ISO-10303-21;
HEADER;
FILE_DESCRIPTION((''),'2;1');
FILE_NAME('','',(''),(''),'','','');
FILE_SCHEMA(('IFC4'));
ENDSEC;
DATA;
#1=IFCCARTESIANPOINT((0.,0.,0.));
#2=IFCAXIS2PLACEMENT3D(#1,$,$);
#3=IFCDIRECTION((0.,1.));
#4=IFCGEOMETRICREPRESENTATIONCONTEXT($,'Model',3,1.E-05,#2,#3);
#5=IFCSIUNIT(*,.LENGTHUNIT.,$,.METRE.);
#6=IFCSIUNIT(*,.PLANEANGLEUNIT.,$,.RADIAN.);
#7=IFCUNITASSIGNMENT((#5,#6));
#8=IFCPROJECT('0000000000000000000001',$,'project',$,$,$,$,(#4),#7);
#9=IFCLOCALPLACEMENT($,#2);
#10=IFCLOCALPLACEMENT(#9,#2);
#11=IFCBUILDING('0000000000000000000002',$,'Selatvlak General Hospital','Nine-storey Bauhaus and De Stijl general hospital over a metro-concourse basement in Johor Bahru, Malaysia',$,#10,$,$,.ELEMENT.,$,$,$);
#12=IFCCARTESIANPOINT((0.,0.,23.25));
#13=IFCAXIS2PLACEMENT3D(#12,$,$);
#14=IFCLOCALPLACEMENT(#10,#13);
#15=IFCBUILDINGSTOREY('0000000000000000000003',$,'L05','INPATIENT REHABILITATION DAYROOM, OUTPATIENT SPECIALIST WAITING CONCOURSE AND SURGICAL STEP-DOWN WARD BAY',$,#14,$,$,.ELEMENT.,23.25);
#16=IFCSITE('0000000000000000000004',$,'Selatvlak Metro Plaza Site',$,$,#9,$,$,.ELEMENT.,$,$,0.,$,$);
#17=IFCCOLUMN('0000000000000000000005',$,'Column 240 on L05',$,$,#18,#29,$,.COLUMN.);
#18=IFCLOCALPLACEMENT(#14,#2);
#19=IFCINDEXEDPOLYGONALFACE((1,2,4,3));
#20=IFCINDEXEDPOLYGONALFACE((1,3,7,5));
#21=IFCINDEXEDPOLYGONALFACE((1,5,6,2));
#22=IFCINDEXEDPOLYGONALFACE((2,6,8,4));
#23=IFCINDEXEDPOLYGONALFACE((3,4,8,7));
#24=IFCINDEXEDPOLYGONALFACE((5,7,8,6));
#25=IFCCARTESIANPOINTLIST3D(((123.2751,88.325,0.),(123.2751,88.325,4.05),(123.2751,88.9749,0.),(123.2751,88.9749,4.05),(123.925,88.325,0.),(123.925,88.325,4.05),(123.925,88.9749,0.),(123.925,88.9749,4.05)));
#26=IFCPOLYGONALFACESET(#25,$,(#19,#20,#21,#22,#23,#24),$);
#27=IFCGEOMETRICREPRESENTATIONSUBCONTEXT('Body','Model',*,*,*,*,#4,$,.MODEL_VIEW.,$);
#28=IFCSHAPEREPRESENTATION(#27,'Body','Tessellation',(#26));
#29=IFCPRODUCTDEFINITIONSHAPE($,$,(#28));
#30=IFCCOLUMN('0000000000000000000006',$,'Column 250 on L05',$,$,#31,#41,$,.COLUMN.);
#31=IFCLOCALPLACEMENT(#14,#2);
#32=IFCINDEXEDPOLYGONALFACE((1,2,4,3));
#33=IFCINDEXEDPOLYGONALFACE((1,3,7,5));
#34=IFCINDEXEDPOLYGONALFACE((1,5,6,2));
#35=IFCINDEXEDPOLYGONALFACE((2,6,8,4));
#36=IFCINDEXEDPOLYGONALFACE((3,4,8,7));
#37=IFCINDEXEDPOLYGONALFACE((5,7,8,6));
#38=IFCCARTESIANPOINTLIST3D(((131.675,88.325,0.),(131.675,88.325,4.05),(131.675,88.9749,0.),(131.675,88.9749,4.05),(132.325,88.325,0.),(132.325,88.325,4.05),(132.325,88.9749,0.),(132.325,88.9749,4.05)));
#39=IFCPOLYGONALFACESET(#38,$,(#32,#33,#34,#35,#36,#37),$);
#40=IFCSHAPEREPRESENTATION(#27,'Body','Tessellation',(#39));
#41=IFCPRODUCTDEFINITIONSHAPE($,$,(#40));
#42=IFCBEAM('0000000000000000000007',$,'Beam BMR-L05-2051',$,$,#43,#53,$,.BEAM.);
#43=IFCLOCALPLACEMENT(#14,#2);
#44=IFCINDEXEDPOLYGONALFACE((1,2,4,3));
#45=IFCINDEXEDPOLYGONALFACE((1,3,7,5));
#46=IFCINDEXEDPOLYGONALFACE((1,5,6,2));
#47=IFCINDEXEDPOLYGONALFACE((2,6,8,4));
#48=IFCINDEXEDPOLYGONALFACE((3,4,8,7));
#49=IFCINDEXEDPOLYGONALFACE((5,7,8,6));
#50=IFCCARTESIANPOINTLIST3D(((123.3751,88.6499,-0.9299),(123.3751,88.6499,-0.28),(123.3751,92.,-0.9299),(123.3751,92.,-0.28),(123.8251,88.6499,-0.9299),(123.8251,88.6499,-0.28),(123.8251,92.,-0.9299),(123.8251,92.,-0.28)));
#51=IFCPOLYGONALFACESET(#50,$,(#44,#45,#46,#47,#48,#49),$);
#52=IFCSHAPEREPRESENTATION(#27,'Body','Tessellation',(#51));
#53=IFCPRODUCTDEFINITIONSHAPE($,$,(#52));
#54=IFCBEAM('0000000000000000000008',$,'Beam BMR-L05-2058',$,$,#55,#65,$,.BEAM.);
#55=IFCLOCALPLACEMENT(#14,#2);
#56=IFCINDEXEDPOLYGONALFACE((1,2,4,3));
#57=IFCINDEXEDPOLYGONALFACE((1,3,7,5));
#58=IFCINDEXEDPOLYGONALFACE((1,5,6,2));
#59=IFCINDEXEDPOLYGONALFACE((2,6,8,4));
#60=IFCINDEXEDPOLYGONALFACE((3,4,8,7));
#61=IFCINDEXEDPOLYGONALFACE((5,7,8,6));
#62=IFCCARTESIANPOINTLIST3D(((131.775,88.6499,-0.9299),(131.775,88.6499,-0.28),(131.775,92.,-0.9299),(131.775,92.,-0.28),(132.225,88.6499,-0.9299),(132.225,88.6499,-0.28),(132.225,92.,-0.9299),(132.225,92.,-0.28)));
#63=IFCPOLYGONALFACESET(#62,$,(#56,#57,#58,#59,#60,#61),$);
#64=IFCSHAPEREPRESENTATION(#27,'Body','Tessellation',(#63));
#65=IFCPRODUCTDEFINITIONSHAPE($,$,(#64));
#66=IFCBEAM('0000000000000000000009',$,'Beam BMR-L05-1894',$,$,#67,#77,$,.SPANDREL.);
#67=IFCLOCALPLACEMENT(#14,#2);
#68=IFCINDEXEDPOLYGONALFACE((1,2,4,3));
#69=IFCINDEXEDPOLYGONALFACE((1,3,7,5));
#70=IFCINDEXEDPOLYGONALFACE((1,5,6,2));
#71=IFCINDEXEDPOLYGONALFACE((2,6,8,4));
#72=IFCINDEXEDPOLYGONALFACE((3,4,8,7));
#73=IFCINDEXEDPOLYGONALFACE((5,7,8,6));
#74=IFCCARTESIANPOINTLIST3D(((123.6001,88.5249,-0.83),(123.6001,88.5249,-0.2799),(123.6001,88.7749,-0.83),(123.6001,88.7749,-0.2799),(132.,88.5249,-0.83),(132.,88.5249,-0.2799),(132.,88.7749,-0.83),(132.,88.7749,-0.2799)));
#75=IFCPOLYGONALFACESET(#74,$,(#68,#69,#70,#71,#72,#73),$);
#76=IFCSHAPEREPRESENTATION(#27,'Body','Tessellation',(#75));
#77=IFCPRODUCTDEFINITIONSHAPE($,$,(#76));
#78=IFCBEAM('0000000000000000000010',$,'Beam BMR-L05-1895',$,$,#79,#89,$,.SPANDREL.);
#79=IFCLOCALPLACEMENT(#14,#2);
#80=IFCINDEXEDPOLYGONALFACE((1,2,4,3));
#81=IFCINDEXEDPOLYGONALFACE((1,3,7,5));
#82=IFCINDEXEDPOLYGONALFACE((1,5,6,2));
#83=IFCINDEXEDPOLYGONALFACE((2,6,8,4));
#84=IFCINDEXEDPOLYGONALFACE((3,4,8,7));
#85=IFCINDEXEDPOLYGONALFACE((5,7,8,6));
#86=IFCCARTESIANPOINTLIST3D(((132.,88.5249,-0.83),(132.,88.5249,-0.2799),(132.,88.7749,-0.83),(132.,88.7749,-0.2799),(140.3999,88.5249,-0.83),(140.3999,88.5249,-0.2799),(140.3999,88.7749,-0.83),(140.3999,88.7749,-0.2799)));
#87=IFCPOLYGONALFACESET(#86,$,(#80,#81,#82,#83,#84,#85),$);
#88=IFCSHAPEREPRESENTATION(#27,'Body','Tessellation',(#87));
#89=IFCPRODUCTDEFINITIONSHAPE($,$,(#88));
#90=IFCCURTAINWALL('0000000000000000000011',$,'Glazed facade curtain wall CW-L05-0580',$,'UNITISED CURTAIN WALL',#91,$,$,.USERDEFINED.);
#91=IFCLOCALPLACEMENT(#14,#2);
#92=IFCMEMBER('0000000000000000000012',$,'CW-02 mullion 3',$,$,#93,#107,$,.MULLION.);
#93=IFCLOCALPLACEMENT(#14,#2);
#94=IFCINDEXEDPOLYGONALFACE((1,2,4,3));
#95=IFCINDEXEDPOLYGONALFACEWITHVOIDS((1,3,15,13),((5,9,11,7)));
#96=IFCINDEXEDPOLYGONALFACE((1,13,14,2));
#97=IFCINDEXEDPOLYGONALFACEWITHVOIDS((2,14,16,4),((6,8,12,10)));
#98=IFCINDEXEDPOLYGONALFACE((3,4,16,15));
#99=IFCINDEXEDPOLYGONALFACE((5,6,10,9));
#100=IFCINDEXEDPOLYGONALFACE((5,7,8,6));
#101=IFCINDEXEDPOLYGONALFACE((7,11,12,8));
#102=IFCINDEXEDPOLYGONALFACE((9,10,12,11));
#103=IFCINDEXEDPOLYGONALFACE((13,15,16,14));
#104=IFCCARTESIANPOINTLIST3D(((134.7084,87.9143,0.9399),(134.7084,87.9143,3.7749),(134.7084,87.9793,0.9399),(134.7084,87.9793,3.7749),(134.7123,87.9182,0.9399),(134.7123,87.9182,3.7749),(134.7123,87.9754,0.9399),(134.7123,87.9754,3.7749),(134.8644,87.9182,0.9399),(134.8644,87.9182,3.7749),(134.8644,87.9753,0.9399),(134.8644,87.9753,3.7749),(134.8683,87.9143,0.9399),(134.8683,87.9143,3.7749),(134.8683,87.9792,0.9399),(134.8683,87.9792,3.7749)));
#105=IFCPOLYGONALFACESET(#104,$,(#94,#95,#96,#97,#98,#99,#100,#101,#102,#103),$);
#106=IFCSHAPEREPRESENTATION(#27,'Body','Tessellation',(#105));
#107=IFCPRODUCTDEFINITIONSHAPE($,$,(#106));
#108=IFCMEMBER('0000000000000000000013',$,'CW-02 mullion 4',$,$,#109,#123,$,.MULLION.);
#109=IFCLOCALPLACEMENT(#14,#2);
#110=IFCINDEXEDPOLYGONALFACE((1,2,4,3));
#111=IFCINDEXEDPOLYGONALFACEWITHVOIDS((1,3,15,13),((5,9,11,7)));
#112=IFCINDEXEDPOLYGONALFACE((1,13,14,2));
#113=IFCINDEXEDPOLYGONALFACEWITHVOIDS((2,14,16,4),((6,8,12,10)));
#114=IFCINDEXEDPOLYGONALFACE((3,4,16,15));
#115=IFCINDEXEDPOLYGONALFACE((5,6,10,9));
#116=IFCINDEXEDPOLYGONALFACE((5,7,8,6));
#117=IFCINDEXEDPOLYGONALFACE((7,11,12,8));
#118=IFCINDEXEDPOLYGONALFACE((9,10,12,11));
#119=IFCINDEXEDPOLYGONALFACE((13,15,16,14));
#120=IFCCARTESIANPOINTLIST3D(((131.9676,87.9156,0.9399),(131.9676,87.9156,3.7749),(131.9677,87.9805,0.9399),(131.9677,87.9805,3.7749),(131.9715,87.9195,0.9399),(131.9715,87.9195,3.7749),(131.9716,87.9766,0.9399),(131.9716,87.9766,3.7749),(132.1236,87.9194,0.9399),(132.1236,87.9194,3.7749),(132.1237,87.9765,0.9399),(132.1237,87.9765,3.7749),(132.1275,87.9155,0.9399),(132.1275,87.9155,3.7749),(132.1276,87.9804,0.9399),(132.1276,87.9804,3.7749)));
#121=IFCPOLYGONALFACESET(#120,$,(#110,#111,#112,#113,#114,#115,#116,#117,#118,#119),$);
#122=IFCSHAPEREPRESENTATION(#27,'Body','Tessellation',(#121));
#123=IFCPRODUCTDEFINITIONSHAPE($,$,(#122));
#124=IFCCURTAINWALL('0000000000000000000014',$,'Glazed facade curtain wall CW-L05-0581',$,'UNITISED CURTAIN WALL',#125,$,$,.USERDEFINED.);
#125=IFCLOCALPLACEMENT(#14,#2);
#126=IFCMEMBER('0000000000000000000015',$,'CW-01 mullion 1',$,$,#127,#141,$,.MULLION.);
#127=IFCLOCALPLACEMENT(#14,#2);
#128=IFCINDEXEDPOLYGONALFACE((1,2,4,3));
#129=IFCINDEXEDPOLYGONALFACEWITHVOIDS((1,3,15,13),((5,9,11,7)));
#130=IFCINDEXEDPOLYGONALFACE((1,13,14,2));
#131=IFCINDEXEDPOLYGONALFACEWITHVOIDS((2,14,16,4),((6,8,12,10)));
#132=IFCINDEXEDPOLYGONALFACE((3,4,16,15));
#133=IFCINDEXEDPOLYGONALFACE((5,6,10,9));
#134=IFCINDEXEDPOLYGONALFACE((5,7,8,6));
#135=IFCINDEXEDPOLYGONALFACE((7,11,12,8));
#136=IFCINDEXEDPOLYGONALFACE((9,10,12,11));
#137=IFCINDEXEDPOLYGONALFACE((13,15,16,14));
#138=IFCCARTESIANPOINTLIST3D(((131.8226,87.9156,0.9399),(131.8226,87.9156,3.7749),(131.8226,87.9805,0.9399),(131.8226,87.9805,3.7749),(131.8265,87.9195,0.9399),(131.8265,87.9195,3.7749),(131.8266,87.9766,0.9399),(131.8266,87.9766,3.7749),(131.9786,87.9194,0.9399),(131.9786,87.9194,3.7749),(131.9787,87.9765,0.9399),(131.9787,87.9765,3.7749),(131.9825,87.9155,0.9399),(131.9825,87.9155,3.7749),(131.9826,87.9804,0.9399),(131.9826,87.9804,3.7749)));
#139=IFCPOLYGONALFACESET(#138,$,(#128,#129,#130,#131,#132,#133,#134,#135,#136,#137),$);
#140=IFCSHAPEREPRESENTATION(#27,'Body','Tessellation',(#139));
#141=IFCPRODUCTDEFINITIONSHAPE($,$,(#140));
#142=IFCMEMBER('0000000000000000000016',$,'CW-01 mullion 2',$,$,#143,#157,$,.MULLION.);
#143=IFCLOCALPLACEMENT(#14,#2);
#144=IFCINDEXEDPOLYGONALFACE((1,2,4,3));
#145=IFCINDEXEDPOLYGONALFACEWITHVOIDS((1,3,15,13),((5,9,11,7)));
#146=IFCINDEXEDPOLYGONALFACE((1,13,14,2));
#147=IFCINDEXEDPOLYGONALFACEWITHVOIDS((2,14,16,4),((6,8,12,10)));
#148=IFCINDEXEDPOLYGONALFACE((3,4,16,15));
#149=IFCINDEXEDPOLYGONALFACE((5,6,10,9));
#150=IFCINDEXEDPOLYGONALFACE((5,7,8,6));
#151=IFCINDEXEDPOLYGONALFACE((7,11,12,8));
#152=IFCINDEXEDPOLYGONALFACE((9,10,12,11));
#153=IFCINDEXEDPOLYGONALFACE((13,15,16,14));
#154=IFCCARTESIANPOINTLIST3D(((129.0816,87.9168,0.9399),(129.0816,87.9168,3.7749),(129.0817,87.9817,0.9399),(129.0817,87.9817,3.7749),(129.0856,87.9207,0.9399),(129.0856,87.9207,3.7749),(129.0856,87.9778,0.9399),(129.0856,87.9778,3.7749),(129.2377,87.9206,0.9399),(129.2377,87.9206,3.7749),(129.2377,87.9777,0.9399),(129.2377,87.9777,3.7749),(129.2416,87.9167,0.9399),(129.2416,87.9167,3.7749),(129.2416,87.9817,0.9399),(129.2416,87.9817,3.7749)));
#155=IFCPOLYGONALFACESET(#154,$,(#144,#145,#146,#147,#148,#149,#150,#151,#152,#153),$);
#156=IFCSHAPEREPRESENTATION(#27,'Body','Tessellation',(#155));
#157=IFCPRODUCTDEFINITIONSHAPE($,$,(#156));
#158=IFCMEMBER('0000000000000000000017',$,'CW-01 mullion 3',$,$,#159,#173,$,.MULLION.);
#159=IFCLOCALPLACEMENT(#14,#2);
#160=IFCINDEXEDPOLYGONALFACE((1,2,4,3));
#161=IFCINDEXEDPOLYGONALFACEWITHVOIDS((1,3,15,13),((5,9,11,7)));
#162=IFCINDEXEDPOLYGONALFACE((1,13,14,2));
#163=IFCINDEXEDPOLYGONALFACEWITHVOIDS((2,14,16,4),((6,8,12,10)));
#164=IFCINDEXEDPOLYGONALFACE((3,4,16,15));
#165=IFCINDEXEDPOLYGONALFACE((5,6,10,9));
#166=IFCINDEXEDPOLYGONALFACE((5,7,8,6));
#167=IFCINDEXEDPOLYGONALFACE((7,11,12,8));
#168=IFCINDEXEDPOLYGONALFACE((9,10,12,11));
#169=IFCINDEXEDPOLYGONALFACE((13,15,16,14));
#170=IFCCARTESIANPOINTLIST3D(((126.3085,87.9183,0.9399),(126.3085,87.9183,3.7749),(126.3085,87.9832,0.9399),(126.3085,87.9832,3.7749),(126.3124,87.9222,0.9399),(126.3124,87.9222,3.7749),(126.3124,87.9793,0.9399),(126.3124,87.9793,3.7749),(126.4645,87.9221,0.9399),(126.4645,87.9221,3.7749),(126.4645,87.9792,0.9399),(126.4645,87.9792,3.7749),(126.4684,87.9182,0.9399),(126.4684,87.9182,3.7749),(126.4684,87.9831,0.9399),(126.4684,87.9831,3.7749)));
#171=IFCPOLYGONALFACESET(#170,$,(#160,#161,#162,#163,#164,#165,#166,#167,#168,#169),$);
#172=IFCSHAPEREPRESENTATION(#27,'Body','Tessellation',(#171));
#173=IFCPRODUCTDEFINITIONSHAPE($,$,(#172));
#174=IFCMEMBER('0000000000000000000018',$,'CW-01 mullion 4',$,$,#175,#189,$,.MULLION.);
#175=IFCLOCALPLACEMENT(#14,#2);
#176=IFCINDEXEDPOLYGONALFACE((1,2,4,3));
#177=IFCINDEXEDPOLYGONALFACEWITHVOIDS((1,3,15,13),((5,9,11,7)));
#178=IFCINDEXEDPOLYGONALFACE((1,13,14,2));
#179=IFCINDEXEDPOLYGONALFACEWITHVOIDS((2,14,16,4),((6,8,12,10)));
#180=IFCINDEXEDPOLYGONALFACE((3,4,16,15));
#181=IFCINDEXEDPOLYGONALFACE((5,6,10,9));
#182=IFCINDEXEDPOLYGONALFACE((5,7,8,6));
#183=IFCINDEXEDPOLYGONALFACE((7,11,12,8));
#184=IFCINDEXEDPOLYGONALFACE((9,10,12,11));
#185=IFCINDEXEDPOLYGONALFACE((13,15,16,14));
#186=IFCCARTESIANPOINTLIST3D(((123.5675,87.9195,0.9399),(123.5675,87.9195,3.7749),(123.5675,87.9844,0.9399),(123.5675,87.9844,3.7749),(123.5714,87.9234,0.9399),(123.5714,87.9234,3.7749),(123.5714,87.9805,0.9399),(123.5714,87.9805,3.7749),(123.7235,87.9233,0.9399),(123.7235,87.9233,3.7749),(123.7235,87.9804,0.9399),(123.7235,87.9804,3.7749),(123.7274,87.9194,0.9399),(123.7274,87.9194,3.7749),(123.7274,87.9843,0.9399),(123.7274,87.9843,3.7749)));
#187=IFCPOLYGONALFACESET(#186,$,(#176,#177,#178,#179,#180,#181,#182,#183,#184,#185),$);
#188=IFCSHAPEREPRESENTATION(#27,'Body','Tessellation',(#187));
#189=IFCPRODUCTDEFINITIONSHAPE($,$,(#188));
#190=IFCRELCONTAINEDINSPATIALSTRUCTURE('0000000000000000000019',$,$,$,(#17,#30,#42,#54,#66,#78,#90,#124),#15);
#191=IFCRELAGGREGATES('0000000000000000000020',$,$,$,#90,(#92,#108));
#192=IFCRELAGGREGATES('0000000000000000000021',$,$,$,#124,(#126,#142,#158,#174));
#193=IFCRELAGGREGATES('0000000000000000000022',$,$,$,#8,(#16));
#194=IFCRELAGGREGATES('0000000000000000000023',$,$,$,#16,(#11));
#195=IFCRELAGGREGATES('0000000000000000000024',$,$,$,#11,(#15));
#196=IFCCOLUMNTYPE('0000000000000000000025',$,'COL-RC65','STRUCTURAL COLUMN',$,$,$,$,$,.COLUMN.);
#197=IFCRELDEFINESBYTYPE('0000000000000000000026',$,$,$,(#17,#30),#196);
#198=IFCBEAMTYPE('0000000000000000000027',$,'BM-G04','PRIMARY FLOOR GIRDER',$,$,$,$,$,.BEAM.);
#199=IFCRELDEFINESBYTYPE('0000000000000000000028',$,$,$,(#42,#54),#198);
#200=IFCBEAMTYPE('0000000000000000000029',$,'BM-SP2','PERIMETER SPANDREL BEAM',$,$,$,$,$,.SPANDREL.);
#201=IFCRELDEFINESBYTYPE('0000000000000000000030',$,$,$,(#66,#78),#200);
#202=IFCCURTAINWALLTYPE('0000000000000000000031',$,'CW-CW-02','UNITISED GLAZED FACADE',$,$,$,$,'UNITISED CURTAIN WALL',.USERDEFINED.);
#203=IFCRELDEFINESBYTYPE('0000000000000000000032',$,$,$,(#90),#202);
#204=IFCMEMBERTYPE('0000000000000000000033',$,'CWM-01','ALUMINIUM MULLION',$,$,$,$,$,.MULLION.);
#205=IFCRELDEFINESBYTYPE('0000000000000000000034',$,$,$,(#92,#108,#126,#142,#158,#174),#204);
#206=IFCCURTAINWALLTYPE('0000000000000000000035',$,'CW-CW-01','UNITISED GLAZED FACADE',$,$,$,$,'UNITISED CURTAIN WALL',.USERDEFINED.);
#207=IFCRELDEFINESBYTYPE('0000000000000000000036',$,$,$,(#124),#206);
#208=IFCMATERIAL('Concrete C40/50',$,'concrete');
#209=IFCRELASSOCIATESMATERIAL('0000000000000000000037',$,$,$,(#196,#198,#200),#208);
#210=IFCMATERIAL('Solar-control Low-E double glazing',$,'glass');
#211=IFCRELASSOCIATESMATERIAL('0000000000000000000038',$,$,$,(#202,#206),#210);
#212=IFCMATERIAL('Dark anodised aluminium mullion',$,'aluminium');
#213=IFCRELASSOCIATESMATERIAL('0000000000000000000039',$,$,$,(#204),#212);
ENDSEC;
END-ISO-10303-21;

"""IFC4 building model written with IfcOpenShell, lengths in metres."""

from ifc_helpers import new_model, si_unit, direction, frame, origin, origin_2d, place, context, subcontext, project, spatial, rectangle, hollow_rectangle, extrude, material, material_profile, profile_set, type_object, element, aggregate, save


model = new_model("IFC4")

# Units and contexts
model_context = context("Model", 3, precision=1e-05, world=origin(), true_north=direction((0.0, 1.0)))
body_context = subcontext(model_context, "Body", "Model", "MODEL_VIEW")
ifc_project = project(units=[si_unit("LENGTHUNIT", "METRE"), si_unit("PLANEANGLEUNIT", "RADIAN")], contexts=[model_context])

# Site, building, storey
site_placement = place(None, origin())
site = spatial("IfcSite", under=ifc_project, at=site_placement, Name="Selatvlak Metro Plaza Site", CompositionType="ELEMENT", RefElevation=0.0)
building_placement = place(site_placement, origin())
building = spatial("IfcBuilding", under=site, at=building_placement, Name="Selatvlak General Hospital", Description="Nine-storey Bauhaus and De Stijl general hospital over a metro-concourse basement in Johor Bahru, Malaysia", CompositionType="ELEMENT")
storey_placement = place(building_placement, frame((0.0, 0.0, 23.25)))
storey = spatial("IfcBuildingStorey", under=building, at=storey_placement, Name="L05", Description="INPATIENT REHABILITATION DAYROOM, OUTPATIENT SPECIALIST WAITING CONCOURSE AND SURGICAL STEP-DOWN WARD BAY", CompositionType="ELEMENT", Elevation=23.25)

# Columns
ifc_material_1 = material(Name="Concrete C40/50", Category="concrete")
ifc_material_profile_1 = material_profile(ifc_material_1, rectangle(XDim=0.6499, YDim=0.6499, at=origin_2d()), Name="RC-COL 650x650")
ifc_profile_set_1 = profile_set([ifc_material_profile_1], Name="Concrete C40/50")
column_type = type_object("IfcColumnType", Name="COL-RC65", Description="STRUCTURAL COLUMN", PredefinedType="COLUMN", material=ifc_profile_set_1)
for number, where, z_axis, x_axis, name in (
    (1, (123.6001, 88.6499, 0.0), (0.0, 0.0, 1.0), (1.0, 0.0, 0.0), "Column 240 on L05"),
    (2, (132.0, 88.6499, 0.0), (0.0, 0.0, 1.0), (1.0, 0.0, 0.0), "Column 250 on L05"),
):
    element("IfcColumn", number, at=place(storey_placement, frame(where, z_axis=z_axis, x_axis=x_axis)), inside=storey, type_object=column_type, Name=name, PredefinedType="COLUMN", context=body_context, shape_type="SweptSolid", body=[
        extrude(rectangle(XDim=0.6499, YDim=0.6499, at=origin_2d()), origin(), (0.0, 0.0, 1.0), 4.05),
    ])

# Beams
ifc_material_profile_2 = material_profile(ifc_material_1, rectangle(XDim=0.45, YDim=0.6499, at=origin_2d()), Name="RC-BM 450x650")
ifc_profile_set_2 = profile_set([ifc_material_profile_2], Name="Concrete C40/50")
beam_type_1 = type_object("IfcBeamType", Name="BM-G04", Description="PRIMARY FLOOR GIRDER", PredefinedType="BEAM", material=ifc_profile_set_2)
for number, where, z_axis, x_axis, name in (
    (3, (123.6001, 88.6499, -0.605), (0.0, 1.0, 0.0), (-1.0, 0.0, 0.0), "Beam BMR-L05-2051"),
    (4, (132.0, 88.6499, -0.605), (0.0, 1.0, 0.0), (-1.0, 0.0, 0.0), "Beam BMR-L05-2058"),
):
    element("IfcBeam", number, at=place(storey_placement, frame(where, z_axis=z_axis, x_axis=x_axis)), inside=storey, type_object=beam_type_1, Name=name, PredefinedType="BEAM", context=body_context, shape_type="SweptSolid", body=[
        extrude(rectangle(XDim=0.45, YDim=0.6499, at=origin_2d()), origin(), (0.0, 0.0, 1.0), 3.3501),
    ])
ifc_material_profile_3 = material_profile(ifc_material_1, rectangle(XDim=0.25, YDim=0.55, at=origin_2d()), Name="RC-SP 250x550")
ifc_profile_set_3 = profile_set([ifc_material_profile_3], Name="Concrete C40/50")
beam_type_2 = type_object("IfcBeamType", Name="BM-SP2", Description="PERIMETER SPANDREL BEAM", PredefinedType="SPANDREL", material=ifc_profile_set_3)
for number, where, z_axis, x_axis, name in (
    (5, (123.6001, 88.6499, -0.5549), (1.0, 0.0, 0.0), (0.0, 1.0, 0.0), "Beam BMR-L05-1894"),
    (6, (132.0, 88.6499, -0.5549), (1.0, 0.0, 0.0), (0.0, 1.0, 0.0), "Beam BMR-L05-1895"),
):
    element("IfcBeam", number, at=place(storey_placement, frame(where, z_axis=z_axis, x_axis=x_axis)), inside=storey, type_object=beam_type_2, Name=name, PredefinedType="SPANDREL", context=body_context, shape_type="SweptSolid", body=[
        extrude(rectangle(XDim=0.25, YDim=0.55, at=origin_2d()), origin(), (0.0, 0.0, 1.0), 8.3999),
    ])

# Curtain walls, members
ifc_material_2 = material(Name="Solar-control Low-E double glazing", Category="glass")
curtain_wall_type_1 = type_object("IfcCurtainWallType", Name="CW-CW-02", Description="UNITISED GLAZED FACADE", ElementType="UNITISED CURTAIN WALL", PredefinedType="USERDEFINED", material=ifc_material_2)
curtain_wall_1_placement = place(storey_placement, origin())
curtain_wall_1 = element("IfcCurtainWall", 7, at=curtain_wall_1_placement, inside=storey, type_object=curtain_wall_type_1, Name="Glazed facade curtain wall CW-L05-0580", ObjectType="UNITISED CURTAIN WALL", PredefinedType="USERDEFINED")
ifc_material_3 = material(Name="Dark anodised aluminium mullion", Category="aluminium")
ifc_material_profile_4 = material_profile(ifc_material_3, hollow_rectangle(XDim=0.0649, YDim=0.1599, WallThickness=0.0039, at=origin_2d()), Name="AL-MUL 65x160x4")
ifc_profile_set_4 = profile_set([ifc_material_profile_4], Name="Dark anodised aluminium mullion")
member_type_1 = type_object("IfcMemberType", Name="CWM-01", Description="ALUMINIUM MULLION", PredefinedType="MULLION", material=ifc_profile_set_4)
member_1_placement = place(storey_placement, frame((134.7883, 87.9468, 0.9399), z_axis=(0.0, 0.0, 1.0), x_axis=(-0.000481, -1.0, 0.0)))
member_1 = element("IfcMember", 8, at=member_1_placement, type_object=member_type_1, Name="CW-02 mullion 3", PredefinedType="MULLION", context=body_context, shape_type="SweptSolid", body=[
    extrude(hollow_rectangle(XDim=0.0649, YDim=0.1599, WallThickness=0.0039, at=origin_2d()), origin(), (0.0, 0.0, 1.0), 2.835),
])
member_2_placement = place(storey_placement, frame((132.0476, 87.948, 0.9399), z_axis=(0.0, 0.0, 1.0), x_axis=(-0.000481, -1.0, 0.0)))
member_2 = element("IfcMember", 9, at=member_2_placement, type_object=member_type_1, Name="CW-02 mullion 4", PredefinedType="MULLION", context=body_context, shape_type="SweptSolid", body=[
    extrude(hollow_rectangle(XDim=0.0649, YDim=0.1599, WallThickness=0.0039, at=origin_2d()), origin(), (0.0, 0.0, 1.0), 2.835),
])
curtain_wall_type_2 = type_object("IfcCurtainWallType", Name="CW-CW-01", Description="UNITISED GLAZED FACADE", ElementType="UNITISED CURTAIN WALL", PredefinedType="USERDEFINED", material=ifc_material_2)
curtain_wall_2_placement = place(storey_placement, origin())
curtain_wall_2 = element("IfcCurtainWall", 10, at=curtain_wall_2_placement, inside=storey, type_object=curtain_wall_type_2, Name="Glazed facade curtain wall CW-L05-0581", ObjectType="UNITISED CURTAIN WALL", PredefinedType="USERDEFINED")
member_3_placement = place(storey_placement, frame((131.9026, 87.948, 0.9399), z_axis=(0.0, 0.0, 1.0), x_axis=(-0.000481, -1.0, 0.0)))
member_3 = element("IfcMember", 11, at=member_3_placement, type_object=member_type_1, Name="CW-01 mullion 1", PredefinedType="MULLION", context=body_context, shape_type="SweptSolid", body=[
    extrude(hollow_rectangle(XDim=0.0649, YDim=0.1599, WallThickness=0.0039, at=origin_2d()), origin(), (0.0, 0.0, 1.0), 2.835),
])
member_4_placement = place(storey_placement, frame((129.1616, 87.9492, 0.9399), z_axis=(0.0, 0.0, 1.0), x_axis=(-0.000481, -1.0, 0.0)))
member_4 = element("IfcMember", 12, at=member_4_placement, type_object=member_type_1, Name="CW-01 mullion 2", PredefinedType="MULLION", context=body_context, shape_type="SweptSolid", body=[
    extrude(hollow_rectangle(XDim=0.0649, YDim=0.1599, WallThickness=0.0039, at=origin_2d()), origin(), (0.0, 0.0, 1.0), 2.835),
])
member_5_placement = place(storey_placement, frame((126.3884, 87.9507, 0.9399), z_axis=(0.0, 0.0, 1.0), x_axis=(-0.000481, -1.0, 0.0)))
member_5 = element("IfcMember", 13, at=member_5_placement, type_object=member_type_1, Name="CW-01 mullion 3", PredefinedType="MULLION", context=body_context, shape_type="SweptSolid", body=[
    extrude(hollow_rectangle(XDim=0.0649, YDim=0.1599, WallThickness=0.0039, at=origin_2d()), origin(), (0.0, 0.0, 1.0), 2.835),
])
member_6_placement = place(storey_placement, frame((123.6475, 87.9519, 0.9399), z_axis=(0.0, 0.0, 1.0), x_axis=(-0.000481, -1.0, 0.0)))
member_6 = element("IfcMember", 14, at=member_6_placement, type_object=member_type_1, Name="CW-01 mullion 4", PredefinedType="MULLION", context=body_context, shape_type="SweptSolid", body=[
    extrude(hollow_rectangle(XDim=0.0649, YDim=0.1599, WallThickness=0.0039, at=origin_2d()), origin(), (0.0, 0.0, 1.0), 2.835),
])

aggregate(curtain_wall_1, [member_1, member_2])
aggregate(curtain_wall_2, [member_3, member_4, member_5, member_6])

save(model, "model.ifc")
